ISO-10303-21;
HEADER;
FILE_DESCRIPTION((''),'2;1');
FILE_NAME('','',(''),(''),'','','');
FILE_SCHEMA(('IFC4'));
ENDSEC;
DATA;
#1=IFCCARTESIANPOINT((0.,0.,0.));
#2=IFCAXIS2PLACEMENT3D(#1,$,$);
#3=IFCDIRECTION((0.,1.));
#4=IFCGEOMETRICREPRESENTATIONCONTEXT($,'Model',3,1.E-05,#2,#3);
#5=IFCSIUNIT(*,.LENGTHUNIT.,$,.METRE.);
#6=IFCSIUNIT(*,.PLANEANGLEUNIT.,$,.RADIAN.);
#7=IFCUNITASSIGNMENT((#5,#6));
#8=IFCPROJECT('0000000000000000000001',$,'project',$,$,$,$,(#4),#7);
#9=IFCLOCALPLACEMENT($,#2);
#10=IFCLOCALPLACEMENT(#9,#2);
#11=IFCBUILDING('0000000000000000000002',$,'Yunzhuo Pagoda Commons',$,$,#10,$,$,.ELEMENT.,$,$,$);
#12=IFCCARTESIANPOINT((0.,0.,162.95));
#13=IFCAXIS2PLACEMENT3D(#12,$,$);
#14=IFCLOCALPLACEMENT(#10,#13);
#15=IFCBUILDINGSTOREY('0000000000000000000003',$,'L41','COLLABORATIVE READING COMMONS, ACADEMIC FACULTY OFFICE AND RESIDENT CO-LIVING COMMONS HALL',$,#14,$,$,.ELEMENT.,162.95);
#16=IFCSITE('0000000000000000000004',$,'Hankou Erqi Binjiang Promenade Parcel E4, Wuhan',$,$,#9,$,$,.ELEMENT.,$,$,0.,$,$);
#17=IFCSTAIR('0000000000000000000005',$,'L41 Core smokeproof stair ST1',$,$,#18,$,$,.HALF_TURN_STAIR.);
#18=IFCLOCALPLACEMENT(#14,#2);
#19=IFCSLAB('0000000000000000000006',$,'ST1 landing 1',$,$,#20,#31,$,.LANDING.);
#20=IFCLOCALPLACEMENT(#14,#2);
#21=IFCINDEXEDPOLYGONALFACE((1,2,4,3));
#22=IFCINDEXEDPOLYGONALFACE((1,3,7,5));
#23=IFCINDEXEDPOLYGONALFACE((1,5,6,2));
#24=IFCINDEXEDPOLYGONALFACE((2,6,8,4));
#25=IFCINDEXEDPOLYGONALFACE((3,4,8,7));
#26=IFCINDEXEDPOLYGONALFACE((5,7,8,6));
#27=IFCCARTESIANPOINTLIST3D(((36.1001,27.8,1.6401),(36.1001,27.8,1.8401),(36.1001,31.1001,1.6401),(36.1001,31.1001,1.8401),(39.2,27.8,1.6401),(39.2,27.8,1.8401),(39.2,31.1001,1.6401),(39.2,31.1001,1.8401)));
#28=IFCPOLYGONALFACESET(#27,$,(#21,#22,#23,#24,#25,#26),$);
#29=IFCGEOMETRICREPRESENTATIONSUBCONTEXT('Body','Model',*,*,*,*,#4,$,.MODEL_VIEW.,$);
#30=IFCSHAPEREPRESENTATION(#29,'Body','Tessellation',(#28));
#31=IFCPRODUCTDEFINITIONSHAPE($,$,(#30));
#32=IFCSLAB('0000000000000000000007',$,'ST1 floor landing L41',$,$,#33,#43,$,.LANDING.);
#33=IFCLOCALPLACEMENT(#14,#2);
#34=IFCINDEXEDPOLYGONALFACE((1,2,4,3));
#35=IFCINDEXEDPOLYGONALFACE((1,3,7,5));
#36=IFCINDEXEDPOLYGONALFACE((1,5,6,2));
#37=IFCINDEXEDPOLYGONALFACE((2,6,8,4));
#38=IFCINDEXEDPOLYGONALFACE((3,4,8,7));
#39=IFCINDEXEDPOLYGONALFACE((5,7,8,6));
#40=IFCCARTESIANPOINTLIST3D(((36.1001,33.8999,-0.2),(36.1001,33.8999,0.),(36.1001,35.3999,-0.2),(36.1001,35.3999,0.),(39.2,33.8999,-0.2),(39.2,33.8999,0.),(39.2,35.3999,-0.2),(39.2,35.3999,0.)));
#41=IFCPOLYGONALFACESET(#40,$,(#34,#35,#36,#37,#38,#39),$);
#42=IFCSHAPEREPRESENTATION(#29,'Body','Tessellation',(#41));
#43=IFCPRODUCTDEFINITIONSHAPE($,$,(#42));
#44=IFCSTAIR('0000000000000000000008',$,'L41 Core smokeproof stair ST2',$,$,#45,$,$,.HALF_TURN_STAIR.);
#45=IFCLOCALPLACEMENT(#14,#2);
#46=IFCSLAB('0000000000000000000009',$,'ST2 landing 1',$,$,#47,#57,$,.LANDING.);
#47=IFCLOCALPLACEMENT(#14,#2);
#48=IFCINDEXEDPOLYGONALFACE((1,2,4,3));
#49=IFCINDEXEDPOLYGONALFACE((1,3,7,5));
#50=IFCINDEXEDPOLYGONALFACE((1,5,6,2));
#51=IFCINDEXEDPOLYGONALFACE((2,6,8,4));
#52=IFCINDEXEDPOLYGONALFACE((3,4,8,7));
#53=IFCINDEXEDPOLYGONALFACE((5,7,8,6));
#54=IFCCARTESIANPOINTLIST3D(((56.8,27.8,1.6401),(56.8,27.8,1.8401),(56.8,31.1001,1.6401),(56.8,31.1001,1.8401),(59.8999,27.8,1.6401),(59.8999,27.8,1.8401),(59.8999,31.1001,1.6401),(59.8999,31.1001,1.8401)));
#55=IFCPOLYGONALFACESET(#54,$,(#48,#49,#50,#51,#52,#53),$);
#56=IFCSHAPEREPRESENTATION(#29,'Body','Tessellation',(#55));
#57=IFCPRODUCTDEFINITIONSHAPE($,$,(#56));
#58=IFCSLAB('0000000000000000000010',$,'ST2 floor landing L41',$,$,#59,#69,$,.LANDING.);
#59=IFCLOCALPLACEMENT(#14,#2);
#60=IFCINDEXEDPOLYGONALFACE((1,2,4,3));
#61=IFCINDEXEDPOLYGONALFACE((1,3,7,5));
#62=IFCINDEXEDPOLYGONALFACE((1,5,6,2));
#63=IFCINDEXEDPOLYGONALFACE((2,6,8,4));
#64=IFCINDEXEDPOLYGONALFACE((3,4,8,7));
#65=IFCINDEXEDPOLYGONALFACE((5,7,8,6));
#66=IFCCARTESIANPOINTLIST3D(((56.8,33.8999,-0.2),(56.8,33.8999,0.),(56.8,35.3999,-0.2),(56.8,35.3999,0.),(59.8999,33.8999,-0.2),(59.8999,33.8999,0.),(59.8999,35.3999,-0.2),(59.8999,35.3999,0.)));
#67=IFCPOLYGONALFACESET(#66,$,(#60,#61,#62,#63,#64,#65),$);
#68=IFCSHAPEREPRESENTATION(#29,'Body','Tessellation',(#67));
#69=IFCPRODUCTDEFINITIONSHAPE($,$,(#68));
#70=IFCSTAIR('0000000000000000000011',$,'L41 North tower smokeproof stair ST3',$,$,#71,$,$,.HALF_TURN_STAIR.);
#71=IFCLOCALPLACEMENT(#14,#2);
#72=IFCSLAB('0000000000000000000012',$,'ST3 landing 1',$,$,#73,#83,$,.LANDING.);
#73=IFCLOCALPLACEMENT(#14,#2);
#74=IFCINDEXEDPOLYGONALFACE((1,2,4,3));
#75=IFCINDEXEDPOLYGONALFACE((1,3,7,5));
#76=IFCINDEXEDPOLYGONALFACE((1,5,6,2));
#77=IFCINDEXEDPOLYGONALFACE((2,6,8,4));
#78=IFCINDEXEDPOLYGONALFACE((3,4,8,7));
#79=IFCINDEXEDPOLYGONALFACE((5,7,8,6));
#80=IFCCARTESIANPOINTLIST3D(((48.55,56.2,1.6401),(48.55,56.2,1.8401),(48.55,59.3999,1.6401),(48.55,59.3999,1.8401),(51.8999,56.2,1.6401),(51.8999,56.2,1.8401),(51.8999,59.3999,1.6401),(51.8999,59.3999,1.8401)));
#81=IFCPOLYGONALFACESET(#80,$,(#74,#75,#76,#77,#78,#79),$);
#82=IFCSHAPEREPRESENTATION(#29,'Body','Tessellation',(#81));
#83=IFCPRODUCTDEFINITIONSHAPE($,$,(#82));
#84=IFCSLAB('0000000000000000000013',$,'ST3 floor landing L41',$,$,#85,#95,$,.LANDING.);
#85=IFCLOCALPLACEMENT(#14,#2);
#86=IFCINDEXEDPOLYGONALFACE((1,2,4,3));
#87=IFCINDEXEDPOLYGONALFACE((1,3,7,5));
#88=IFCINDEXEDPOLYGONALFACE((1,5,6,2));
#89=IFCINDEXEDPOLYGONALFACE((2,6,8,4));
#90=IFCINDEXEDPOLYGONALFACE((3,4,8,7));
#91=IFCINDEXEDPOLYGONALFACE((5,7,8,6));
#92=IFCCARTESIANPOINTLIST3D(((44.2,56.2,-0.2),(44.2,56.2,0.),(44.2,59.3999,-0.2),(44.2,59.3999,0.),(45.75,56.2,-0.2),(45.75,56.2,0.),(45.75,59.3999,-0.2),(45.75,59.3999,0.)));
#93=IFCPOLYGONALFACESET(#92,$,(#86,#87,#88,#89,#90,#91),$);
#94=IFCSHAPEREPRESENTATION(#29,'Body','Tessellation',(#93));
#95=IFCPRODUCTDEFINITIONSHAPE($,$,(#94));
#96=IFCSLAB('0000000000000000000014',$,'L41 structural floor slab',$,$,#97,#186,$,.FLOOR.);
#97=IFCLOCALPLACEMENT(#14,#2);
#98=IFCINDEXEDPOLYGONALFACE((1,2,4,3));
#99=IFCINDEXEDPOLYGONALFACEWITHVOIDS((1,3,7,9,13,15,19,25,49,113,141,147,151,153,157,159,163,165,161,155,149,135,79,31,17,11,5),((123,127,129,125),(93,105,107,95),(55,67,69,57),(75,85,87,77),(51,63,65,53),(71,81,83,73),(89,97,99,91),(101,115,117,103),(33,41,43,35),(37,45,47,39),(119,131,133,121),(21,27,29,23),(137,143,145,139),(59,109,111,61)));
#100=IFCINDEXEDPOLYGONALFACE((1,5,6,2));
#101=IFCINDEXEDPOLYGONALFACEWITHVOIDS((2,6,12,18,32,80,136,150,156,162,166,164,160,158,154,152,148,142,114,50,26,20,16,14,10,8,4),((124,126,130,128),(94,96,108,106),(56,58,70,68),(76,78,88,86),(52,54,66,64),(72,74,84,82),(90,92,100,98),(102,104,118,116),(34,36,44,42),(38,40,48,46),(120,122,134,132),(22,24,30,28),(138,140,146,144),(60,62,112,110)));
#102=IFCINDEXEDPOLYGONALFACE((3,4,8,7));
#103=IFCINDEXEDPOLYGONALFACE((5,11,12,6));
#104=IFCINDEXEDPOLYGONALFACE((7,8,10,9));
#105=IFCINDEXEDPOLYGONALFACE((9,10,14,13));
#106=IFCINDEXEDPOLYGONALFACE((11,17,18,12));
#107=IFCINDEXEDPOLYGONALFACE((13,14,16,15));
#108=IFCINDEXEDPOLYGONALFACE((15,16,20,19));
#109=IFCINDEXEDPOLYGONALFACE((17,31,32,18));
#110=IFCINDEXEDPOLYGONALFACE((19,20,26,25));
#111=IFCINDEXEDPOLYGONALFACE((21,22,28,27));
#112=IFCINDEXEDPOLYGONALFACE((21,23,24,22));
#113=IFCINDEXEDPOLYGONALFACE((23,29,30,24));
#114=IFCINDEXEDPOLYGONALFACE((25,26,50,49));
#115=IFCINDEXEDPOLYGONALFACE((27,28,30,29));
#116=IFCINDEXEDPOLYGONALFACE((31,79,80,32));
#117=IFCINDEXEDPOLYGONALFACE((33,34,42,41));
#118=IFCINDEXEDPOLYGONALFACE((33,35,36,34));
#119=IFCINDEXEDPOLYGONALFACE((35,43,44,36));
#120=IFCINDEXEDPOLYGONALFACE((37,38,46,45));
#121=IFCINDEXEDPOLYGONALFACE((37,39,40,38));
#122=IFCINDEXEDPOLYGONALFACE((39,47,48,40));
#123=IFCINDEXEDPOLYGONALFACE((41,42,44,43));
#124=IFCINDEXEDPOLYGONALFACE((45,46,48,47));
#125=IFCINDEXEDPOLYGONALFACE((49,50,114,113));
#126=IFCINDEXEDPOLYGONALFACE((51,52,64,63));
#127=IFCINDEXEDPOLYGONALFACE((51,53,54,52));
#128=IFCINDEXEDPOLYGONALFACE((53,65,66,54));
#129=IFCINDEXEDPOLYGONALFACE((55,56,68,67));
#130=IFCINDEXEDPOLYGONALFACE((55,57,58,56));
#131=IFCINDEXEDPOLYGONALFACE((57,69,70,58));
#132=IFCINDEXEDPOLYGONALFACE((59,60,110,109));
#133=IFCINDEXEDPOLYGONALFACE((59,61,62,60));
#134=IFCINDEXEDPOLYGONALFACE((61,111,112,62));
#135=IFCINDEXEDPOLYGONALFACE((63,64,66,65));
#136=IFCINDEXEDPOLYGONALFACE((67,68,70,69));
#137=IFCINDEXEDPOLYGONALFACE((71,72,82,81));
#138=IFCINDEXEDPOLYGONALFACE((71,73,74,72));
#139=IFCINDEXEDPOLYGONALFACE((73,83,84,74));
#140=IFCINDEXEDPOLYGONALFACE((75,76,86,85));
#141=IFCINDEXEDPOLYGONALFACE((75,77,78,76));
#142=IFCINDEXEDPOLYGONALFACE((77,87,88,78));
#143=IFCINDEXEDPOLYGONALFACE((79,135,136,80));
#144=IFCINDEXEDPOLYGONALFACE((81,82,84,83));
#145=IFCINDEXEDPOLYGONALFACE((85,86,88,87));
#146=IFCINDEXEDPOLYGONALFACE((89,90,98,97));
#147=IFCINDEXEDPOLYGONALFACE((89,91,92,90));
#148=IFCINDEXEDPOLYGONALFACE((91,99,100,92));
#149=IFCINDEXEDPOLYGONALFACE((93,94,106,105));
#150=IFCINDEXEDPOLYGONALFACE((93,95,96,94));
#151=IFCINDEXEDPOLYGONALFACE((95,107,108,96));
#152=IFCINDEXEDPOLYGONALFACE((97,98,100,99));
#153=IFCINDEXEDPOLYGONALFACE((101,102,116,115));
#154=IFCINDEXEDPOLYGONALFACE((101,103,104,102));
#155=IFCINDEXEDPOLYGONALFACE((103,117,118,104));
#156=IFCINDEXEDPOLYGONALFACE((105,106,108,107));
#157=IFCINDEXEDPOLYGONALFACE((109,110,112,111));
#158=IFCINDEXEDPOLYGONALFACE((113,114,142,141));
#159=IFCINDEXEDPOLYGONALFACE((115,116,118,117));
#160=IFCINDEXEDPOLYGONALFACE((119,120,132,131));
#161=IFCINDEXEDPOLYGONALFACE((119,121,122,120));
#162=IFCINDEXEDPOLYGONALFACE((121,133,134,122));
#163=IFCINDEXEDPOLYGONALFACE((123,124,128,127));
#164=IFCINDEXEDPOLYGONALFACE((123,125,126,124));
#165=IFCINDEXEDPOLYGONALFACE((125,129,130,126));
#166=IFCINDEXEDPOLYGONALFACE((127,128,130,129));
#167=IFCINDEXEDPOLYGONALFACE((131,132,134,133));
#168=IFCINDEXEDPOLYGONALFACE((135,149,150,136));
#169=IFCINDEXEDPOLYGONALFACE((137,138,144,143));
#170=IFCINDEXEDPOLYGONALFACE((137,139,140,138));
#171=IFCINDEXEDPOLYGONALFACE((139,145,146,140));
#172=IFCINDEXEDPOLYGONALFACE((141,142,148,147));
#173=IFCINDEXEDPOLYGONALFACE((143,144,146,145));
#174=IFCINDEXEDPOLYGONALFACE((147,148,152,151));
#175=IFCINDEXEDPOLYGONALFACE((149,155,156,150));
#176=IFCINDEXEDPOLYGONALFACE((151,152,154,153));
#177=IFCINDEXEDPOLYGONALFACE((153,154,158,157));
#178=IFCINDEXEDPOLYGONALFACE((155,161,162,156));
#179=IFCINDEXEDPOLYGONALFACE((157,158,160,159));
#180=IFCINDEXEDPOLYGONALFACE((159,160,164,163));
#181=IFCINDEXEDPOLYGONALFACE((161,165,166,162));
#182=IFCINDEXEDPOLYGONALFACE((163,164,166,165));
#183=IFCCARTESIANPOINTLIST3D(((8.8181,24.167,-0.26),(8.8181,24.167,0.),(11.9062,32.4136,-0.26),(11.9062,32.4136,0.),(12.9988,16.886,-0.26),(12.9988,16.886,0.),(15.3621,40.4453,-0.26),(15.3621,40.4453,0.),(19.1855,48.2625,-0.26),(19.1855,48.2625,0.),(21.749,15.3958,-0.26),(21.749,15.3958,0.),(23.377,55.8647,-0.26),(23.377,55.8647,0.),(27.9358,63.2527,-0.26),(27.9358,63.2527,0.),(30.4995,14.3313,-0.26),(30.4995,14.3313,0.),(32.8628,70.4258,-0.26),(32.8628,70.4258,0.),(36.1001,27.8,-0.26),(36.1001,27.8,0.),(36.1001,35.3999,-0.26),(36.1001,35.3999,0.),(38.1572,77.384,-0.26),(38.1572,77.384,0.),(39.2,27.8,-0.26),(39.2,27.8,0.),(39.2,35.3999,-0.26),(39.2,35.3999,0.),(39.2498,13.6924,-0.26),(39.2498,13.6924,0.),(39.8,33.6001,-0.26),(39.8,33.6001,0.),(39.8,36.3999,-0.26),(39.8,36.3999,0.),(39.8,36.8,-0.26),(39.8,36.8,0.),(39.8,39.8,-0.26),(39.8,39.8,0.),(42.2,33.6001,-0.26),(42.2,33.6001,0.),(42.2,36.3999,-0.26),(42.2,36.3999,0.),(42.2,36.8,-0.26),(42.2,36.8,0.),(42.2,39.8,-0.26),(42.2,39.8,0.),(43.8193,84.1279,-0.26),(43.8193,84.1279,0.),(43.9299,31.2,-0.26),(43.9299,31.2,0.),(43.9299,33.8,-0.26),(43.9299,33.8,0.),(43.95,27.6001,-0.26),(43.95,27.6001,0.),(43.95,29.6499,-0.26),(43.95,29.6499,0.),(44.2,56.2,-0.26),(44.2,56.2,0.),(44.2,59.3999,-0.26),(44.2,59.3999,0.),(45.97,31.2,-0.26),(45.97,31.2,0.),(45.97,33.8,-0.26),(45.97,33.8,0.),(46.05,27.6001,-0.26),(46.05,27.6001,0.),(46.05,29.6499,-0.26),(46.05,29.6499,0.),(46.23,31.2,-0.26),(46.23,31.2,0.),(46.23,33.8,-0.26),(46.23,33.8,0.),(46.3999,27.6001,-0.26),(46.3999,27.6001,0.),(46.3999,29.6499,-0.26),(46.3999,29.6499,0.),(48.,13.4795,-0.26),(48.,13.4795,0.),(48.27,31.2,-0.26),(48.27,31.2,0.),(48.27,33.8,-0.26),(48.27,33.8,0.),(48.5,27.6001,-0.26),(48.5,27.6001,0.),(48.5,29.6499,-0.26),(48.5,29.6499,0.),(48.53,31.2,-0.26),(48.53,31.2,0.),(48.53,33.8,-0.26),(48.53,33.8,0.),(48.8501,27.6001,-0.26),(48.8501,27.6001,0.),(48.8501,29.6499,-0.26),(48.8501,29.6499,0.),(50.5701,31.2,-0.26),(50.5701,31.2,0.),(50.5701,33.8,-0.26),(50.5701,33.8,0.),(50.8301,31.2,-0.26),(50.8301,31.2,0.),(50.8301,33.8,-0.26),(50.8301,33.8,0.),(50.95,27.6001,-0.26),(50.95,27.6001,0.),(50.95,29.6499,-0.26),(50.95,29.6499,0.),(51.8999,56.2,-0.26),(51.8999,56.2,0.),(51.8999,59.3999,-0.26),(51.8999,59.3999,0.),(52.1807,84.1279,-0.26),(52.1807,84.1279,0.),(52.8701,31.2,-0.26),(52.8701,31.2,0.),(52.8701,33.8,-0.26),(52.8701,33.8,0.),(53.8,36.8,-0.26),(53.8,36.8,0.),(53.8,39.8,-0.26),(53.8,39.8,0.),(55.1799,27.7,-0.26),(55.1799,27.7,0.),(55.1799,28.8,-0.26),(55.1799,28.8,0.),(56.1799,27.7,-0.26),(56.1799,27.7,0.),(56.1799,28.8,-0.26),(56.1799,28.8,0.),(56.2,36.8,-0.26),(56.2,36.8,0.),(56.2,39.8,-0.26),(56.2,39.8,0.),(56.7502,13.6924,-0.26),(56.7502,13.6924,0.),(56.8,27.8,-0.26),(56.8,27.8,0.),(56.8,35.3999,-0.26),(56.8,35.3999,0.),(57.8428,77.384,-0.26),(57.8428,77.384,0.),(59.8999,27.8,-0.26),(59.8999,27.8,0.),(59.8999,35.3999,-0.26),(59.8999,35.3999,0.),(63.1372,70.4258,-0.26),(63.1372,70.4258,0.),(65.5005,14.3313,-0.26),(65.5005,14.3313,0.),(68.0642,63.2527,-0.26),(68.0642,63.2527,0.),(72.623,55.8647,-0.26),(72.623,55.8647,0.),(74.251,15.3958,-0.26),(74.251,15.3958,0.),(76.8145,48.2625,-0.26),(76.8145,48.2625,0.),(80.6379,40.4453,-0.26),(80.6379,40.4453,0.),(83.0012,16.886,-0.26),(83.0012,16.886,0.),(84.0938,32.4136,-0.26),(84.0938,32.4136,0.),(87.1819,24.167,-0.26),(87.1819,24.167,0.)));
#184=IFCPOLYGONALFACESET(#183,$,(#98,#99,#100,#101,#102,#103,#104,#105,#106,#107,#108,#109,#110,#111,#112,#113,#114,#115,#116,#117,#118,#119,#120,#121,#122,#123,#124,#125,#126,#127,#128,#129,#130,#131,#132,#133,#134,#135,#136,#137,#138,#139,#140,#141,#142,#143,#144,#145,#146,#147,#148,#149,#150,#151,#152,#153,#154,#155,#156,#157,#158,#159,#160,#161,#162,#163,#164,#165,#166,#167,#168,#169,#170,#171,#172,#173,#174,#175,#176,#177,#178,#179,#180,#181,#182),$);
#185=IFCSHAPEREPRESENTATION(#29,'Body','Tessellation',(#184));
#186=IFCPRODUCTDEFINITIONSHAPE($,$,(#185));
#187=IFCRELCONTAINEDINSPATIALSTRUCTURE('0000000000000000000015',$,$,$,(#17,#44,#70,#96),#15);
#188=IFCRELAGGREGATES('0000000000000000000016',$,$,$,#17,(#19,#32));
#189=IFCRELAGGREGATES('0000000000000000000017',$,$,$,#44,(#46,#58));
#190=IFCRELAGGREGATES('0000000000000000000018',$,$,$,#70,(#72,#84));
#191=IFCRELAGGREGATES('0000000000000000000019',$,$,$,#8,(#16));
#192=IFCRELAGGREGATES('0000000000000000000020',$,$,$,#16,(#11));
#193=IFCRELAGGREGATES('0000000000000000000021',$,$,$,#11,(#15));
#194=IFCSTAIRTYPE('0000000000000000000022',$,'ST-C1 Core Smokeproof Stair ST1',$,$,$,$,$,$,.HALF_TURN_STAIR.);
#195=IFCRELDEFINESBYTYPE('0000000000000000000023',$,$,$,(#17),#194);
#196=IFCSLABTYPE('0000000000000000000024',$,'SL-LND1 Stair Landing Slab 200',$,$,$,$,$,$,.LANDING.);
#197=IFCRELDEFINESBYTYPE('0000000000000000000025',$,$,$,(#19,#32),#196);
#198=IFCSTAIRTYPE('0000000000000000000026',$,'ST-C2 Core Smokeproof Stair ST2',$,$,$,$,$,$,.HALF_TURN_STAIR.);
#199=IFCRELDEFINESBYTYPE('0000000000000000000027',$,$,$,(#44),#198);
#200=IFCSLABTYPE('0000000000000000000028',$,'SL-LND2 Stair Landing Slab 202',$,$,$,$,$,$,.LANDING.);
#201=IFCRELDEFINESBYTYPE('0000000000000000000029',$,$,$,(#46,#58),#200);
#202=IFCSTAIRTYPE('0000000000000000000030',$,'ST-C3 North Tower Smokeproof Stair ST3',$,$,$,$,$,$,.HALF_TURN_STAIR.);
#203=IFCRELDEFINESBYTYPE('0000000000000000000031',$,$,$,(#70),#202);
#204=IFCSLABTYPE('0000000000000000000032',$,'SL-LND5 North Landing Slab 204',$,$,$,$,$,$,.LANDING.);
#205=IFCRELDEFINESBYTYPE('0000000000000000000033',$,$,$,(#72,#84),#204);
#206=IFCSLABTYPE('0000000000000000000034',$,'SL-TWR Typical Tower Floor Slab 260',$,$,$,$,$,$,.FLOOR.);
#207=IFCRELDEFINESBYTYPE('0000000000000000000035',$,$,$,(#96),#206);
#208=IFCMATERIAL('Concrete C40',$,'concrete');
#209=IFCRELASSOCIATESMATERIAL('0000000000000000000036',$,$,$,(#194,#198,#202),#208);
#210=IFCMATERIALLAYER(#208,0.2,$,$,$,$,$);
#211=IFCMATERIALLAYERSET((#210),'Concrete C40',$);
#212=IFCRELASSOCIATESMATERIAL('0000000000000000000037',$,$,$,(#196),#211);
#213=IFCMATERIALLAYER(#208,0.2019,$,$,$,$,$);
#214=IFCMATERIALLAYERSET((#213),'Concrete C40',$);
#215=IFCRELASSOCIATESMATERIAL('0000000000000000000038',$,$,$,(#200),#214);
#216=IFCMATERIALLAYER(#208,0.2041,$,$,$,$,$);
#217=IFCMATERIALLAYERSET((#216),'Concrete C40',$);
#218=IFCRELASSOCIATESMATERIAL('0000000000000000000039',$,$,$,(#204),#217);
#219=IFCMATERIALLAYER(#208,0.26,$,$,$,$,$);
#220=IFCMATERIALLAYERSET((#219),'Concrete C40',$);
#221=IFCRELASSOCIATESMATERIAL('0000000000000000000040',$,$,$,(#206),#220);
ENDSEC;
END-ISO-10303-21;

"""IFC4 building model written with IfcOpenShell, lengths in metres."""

from ifc_helpers import new_model, si_unit, direction, frame, origin, place, context, subcontext, project, spatial, polyline, outline, extrude, material, layer, layer_set, type_object, element, aggregate, save


model = new_model("IFC4")

# Units and contexts
model_context = context("Model", 3, precision=1e-05, world=origin(), true_north=direction((0.0, 1.0)))
body_context = subcontext(model_context, "Body", "Model", "MODEL_VIEW")
ifc_project = project(units=[si_unit("LENGTHUNIT", "METRE"), si_unit("PLANEANGLEUNIT", "RADIAN")], contexts=[model_context])

# Site, building, storey
site_placement = place(None, origin())
site = spatial("IfcSite", under=ifc_project, at=site_placement, Name="Hankou Erqi Binjiang Promenade Parcel E4, Wuhan", CompositionType="ELEMENT", RefElevation=0.0)
building_placement = place(site_placement, origin())
building = spatial("IfcBuilding", under=site, at=building_placement, Name="Yunzhuo Pagoda Commons", CompositionType="ELEMENT")
storey_placement = place(building_placement, frame((0.0, 0.0, 162.95)))
storey = spatial("IfcBuildingStorey", under=building, at=storey_placement, Name="L41", Description="COLLABORATIVE READING COMMONS, ACADEMIC FACULTY OFFICE AND RESIDENT CO-LIVING COMMONS HALL", CompositionType="ELEMENT", Elevation=162.95)

# Shared definitions
ifc_material_1 = material(Name="Concrete C40", Category="concrete")

# Stairs, slabs
stair_type_1 = type_object("IfcStairType", Name="ST-C1 Core Smokeproof Stair ST1", PredefinedType="HALF_TURN_STAIR", material=ifc_material_1)
stair_1_placement = place(storey_placement, origin())
stair_1 = element("IfcStair", 1, at=stair_1_placement, inside=storey, type_object=stair_type_1, Name="L41 Core smokeproof stair ST1", PredefinedType="HALF_TURN_STAIR")
ifc_layer_1 = layer(ifc_material_1, 0.2)
ifc_layer_set_1 = layer_set([ifc_layer_1], Name="Concrete C40")
slab_type_1 = type_object("IfcSlabType", Name="SL-LND1 Stair Landing Slab 200", PredefinedType="LANDING", material=ifc_layer_set_1)
slab_1_placement = place(storey_placement, frame((0.0, 0.0, 1.6401)))
slab_1 = element("IfcSlab", 2, at=slab_1_placement, type_object=slab_type_1, Name="ST1 landing 1", PredefinedType="LANDING", context=body_context, shape_type="SweptSolid", body=[
    extrude(outline(polyline([(36.1001, 31.1001), (36.1001, 27.8), (39.2, 27.8), (39.2, 31.1001), (36.1001, 31.1001)])), origin(), (0.0, 0.0, 1.0), 0.2),
])
slab_2_placement = place(storey_placement, frame((0.0, 0.0, -0.2)))
slab_2 = element("IfcSlab", 3, at=slab_2_placement, type_object=slab_type_1, Name="ST1 floor landing L41", PredefinedType="LANDING", context=body_context, shape_type="SweptSolid", body=[
    extrude(outline(polyline([(36.1001, 35.3999), (36.1001, 33.8999), (39.2, 33.8999), (39.2, 35.3999), (36.1001, 35.3999)])), origin(), (0.0, 0.0, 1.0), 0.2),
])
aggregate(stair_1, [slab_1, slab_2])
stair_type_2 = type_object("IfcStairType", Name="ST-C2 Core Smokeproof Stair ST2", PredefinedType="HALF_TURN_STAIR", material=ifc_material_1)
stair_2_placement = place(storey_placement, origin())
stair_2 = element("IfcStair", 4, at=stair_2_placement, inside=storey, type_object=stair_type_2, Name="L41 Core smokeproof stair ST2", PredefinedType="HALF_TURN_STAIR")
ifc_layer_2 = layer(ifc_material_1, 0.2019)
ifc_layer_set_2 = layer_set([ifc_layer_2], Name="Concrete C40")
slab_type_2 = type_object("IfcSlabType", Name="SL-LND2 Stair Landing Slab 202", PredefinedType="LANDING", material=ifc_layer_set_2)
slab_3_placement = place(storey_placement, frame((0.0, 0.0, 1.6401)))
slab_3 = element("IfcSlab", 5, at=slab_3_placement, type_object=slab_type_2, Name="ST2 landing 1", PredefinedType="LANDING", context=body_context, shape_type="SweptSolid", body=[
    extrude(outline(polyline([(56.8, 31.1001), (56.8, 27.8), (59.8999, 27.8), (59.8999, 31.1001), (56.8, 31.1001)])), origin(), (0.0, 0.0, 1.0), 0.2),
])
slab_4_placement = place(storey_placement, frame((0.0, 0.0, -0.2)))
slab_4 = element("IfcSlab", 6, at=slab_4_placement, type_object=slab_type_2, Name="ST2 floor landing L41", PredefinedType="LANDING", context=body_context, shape_type="SweptSolid", body=[
    extrude(outline(polyline([(56.8, 35.3999), (56.8, 33.8999), (59.8999, 33.8999), (59.8999, 35.3999), (56.8, 35.3999)])), origin(), (0.0, 0.0, 1.0), 0.2),
])
aggregate(stair_2, [slab_3, slab_4])
stair_type_3 = type_object("IfcStairType", Name="ST-C3 North Tower Smokeproof Stair ST3", PredefinedType="HALF_TURN_STAIR", material=ifc_material_1)
stair_3_placement = place(storey_placement, origin())
stair_3 = element("IfcStair", 7, at=stair_3_placement, inside=storey, type_object=stair_type_3, Name="L41 North tower smokeproof stair ST3", PredefinedType="HALF_TURN_STAIR")
ifc_layer_3 = layer(ifc_material_1, 0.2041)
ifc_layer_set_3 = layer_set([ifc_layer_3], Name="Concrete C40")
slab_type_3 = type_object("IfcSlabType", Name="SL-LND5 North Landing Slab 204", PredefinedType="LANDING", material=ifc_layer_set_3)
slab_5_placement = place(storey_placement, frame((0.0, 0.0, 1.6401)))
slab_5 = element("IfcSlab", 8, at=slab_5_placement, type_object=slab_type_3, Name="ST3 landing 1", PredefinedType="LANDING", context=body_context, shape_type="SweptSolid", body=[
    extrude(outline(polyline([(48.55, 56.2), (51.8999, 56.2), (51.8999, 59.3999), (48.55, 59.3999), (48.55, 56.2)])), origin(), (0.0, 0.0, 1.0), 0.2),
])
slab_6_placement = place(storey_placement, frame((0.0, 0.0, -0.2)))
slab_6 = element("IfcSlab", 9, at=slab_6_placement, type_object=slab_type_3, Name="ST3 floor landing L41", PredefinedType="LANDING", context=body_context, shape_type="SweptSolid", body=[
    extrude(outline(polyline([(44.2, 56.2), (45.75, 56.2), (45.75, 59.3999), (44.2, 59.3999), (44.2, 56.2)])), origin(), (0.0, 0.0, 1.0), 0.2),
])
aggregate(stair_3, [slab_5, slab_6])

# Slab
ifc_layer_4 = layer(ifc_material_1, 0.26)
ifc_layer_set_4 = layer_set([ifc_layer_4], Name="Concrete C40")
slab_type_4 = type_object("IfcSlabType", Name="SL-TWR Typical Tower Floor Slab 260", PredefinedType="FLOOR", material=ifc_layer_set_4)
slab_7_placement = place(storey_placement, frame((0.0, 0.0, -0.26)))
element("IfcSlab", 10, at=slab_7_placement, inside=storey, type_object=slab_type_4, Name="L41 structural floor slab", PredefinedType="FLOOR", context=body_context, shape_type="SweptSolid", body=[
    extrude(outline(polyline([(11.9062, 32.4136), (15.3621, 40.4453), (19.1855, 48.2625), (23.377, 55.8647), (27.9358, 63.2527), (32.8628, 70.4258), (38.1572, 77.384), (43.8193, 84.1279), (52.1807, 84.1279), (57.8428, 77.384), (63.1372, 70.4258), (68.0642, 63.2527), (72.623, 55.8647), (76.8145, 48.2625), (80.6379, 40.4453), (84.0938, 32.4136), (87.1819, 24.167), (83.0012, 16.886), (74.251, 15.3958), (65.5005, 14.3313), (56.7502, 13.6924), (48.0, 13.4795), (39.2498, 13.6924), (30.4995, 14.3313), (21.749, 15.3958), (12.9988, 16.886), (8.8181, 24.167), (11.9062, 32.4136)]), holes=[polyline([(46.05, 29.6499), (43.95, 29.6499), (43.95, 27.6001), (46.05, 27.6001), (46.05, 29.6499)]), polyline([(48.5, 27.6001), (48.5, 29.6499), (46.3999, 29.6499), (46.3999, 27.6001), (48.5, 27.6001)]), polyline([(36.1001, 27.8), (39.2, 27.8), (39.2, 35.3999), (36.1001, 35.3999), (36.1001, 27.8)]), polyline([(45.97, 31.2), (45.97, 33.8), (43.9299, 33.8), (43.9299, 31.2), (45.97, 31.2)]), polyline([(48.27, 31.2), (48.27, 33.8), (46.23, 33.8), (46.23, 31.2), (48.27, 31.2)]), polyline([(42.2, 33.6001), (42.2, 36.3999), (39.8, 36.3999), (39.8, 33.6001), (42.2, 33.6001)]), polyline([(42.2, 36.8), (42.2, 39.8), (39.8, 39.8), (39.8, 36.8), (42.2, 36.8)]), polyline([(56.1799, 28.8), (55.1799, 28.8), (55.1799, 27.7), (56.1799, 27.7), (56.1799, 28.8)]), polyline([(50.95, 27.6001), (50.95, 29.6499), (48.8501, 29.6499), (48.8501, 27.6001), (50.95, 27.6001)]), polyline([(56.8, 27.8), (59.8999, 27.8), (59.8999, 35.3999), (56.8, 35.3999), (56.8, 27.8)]), polyline([(50.5701, 31.2), (50.5701, 33.8), (48.53, 33.8), (48.53, 31.2), (50.5701, 31.2)]), polyline([(52.8701, 31.2), (52.8701, 33.8), (50.8301, 33.8), (50.8301, 31.2), (52.8701, 31.2)]), polyline([(56.2, 36.8), (56.2, 39.8), (53.8, 39.8), (53.8, 36.8), (56.2, 36.8)]), polyline([(51.8999, 56.2), (51.8999, 59.3999), (44.2, 59.3999), (44.2, 56.2), (51.8999, 56.2)])]), origin(), (0.0, 0.0, 1.0), 0.26),
])

save(model, "model.ifc")
